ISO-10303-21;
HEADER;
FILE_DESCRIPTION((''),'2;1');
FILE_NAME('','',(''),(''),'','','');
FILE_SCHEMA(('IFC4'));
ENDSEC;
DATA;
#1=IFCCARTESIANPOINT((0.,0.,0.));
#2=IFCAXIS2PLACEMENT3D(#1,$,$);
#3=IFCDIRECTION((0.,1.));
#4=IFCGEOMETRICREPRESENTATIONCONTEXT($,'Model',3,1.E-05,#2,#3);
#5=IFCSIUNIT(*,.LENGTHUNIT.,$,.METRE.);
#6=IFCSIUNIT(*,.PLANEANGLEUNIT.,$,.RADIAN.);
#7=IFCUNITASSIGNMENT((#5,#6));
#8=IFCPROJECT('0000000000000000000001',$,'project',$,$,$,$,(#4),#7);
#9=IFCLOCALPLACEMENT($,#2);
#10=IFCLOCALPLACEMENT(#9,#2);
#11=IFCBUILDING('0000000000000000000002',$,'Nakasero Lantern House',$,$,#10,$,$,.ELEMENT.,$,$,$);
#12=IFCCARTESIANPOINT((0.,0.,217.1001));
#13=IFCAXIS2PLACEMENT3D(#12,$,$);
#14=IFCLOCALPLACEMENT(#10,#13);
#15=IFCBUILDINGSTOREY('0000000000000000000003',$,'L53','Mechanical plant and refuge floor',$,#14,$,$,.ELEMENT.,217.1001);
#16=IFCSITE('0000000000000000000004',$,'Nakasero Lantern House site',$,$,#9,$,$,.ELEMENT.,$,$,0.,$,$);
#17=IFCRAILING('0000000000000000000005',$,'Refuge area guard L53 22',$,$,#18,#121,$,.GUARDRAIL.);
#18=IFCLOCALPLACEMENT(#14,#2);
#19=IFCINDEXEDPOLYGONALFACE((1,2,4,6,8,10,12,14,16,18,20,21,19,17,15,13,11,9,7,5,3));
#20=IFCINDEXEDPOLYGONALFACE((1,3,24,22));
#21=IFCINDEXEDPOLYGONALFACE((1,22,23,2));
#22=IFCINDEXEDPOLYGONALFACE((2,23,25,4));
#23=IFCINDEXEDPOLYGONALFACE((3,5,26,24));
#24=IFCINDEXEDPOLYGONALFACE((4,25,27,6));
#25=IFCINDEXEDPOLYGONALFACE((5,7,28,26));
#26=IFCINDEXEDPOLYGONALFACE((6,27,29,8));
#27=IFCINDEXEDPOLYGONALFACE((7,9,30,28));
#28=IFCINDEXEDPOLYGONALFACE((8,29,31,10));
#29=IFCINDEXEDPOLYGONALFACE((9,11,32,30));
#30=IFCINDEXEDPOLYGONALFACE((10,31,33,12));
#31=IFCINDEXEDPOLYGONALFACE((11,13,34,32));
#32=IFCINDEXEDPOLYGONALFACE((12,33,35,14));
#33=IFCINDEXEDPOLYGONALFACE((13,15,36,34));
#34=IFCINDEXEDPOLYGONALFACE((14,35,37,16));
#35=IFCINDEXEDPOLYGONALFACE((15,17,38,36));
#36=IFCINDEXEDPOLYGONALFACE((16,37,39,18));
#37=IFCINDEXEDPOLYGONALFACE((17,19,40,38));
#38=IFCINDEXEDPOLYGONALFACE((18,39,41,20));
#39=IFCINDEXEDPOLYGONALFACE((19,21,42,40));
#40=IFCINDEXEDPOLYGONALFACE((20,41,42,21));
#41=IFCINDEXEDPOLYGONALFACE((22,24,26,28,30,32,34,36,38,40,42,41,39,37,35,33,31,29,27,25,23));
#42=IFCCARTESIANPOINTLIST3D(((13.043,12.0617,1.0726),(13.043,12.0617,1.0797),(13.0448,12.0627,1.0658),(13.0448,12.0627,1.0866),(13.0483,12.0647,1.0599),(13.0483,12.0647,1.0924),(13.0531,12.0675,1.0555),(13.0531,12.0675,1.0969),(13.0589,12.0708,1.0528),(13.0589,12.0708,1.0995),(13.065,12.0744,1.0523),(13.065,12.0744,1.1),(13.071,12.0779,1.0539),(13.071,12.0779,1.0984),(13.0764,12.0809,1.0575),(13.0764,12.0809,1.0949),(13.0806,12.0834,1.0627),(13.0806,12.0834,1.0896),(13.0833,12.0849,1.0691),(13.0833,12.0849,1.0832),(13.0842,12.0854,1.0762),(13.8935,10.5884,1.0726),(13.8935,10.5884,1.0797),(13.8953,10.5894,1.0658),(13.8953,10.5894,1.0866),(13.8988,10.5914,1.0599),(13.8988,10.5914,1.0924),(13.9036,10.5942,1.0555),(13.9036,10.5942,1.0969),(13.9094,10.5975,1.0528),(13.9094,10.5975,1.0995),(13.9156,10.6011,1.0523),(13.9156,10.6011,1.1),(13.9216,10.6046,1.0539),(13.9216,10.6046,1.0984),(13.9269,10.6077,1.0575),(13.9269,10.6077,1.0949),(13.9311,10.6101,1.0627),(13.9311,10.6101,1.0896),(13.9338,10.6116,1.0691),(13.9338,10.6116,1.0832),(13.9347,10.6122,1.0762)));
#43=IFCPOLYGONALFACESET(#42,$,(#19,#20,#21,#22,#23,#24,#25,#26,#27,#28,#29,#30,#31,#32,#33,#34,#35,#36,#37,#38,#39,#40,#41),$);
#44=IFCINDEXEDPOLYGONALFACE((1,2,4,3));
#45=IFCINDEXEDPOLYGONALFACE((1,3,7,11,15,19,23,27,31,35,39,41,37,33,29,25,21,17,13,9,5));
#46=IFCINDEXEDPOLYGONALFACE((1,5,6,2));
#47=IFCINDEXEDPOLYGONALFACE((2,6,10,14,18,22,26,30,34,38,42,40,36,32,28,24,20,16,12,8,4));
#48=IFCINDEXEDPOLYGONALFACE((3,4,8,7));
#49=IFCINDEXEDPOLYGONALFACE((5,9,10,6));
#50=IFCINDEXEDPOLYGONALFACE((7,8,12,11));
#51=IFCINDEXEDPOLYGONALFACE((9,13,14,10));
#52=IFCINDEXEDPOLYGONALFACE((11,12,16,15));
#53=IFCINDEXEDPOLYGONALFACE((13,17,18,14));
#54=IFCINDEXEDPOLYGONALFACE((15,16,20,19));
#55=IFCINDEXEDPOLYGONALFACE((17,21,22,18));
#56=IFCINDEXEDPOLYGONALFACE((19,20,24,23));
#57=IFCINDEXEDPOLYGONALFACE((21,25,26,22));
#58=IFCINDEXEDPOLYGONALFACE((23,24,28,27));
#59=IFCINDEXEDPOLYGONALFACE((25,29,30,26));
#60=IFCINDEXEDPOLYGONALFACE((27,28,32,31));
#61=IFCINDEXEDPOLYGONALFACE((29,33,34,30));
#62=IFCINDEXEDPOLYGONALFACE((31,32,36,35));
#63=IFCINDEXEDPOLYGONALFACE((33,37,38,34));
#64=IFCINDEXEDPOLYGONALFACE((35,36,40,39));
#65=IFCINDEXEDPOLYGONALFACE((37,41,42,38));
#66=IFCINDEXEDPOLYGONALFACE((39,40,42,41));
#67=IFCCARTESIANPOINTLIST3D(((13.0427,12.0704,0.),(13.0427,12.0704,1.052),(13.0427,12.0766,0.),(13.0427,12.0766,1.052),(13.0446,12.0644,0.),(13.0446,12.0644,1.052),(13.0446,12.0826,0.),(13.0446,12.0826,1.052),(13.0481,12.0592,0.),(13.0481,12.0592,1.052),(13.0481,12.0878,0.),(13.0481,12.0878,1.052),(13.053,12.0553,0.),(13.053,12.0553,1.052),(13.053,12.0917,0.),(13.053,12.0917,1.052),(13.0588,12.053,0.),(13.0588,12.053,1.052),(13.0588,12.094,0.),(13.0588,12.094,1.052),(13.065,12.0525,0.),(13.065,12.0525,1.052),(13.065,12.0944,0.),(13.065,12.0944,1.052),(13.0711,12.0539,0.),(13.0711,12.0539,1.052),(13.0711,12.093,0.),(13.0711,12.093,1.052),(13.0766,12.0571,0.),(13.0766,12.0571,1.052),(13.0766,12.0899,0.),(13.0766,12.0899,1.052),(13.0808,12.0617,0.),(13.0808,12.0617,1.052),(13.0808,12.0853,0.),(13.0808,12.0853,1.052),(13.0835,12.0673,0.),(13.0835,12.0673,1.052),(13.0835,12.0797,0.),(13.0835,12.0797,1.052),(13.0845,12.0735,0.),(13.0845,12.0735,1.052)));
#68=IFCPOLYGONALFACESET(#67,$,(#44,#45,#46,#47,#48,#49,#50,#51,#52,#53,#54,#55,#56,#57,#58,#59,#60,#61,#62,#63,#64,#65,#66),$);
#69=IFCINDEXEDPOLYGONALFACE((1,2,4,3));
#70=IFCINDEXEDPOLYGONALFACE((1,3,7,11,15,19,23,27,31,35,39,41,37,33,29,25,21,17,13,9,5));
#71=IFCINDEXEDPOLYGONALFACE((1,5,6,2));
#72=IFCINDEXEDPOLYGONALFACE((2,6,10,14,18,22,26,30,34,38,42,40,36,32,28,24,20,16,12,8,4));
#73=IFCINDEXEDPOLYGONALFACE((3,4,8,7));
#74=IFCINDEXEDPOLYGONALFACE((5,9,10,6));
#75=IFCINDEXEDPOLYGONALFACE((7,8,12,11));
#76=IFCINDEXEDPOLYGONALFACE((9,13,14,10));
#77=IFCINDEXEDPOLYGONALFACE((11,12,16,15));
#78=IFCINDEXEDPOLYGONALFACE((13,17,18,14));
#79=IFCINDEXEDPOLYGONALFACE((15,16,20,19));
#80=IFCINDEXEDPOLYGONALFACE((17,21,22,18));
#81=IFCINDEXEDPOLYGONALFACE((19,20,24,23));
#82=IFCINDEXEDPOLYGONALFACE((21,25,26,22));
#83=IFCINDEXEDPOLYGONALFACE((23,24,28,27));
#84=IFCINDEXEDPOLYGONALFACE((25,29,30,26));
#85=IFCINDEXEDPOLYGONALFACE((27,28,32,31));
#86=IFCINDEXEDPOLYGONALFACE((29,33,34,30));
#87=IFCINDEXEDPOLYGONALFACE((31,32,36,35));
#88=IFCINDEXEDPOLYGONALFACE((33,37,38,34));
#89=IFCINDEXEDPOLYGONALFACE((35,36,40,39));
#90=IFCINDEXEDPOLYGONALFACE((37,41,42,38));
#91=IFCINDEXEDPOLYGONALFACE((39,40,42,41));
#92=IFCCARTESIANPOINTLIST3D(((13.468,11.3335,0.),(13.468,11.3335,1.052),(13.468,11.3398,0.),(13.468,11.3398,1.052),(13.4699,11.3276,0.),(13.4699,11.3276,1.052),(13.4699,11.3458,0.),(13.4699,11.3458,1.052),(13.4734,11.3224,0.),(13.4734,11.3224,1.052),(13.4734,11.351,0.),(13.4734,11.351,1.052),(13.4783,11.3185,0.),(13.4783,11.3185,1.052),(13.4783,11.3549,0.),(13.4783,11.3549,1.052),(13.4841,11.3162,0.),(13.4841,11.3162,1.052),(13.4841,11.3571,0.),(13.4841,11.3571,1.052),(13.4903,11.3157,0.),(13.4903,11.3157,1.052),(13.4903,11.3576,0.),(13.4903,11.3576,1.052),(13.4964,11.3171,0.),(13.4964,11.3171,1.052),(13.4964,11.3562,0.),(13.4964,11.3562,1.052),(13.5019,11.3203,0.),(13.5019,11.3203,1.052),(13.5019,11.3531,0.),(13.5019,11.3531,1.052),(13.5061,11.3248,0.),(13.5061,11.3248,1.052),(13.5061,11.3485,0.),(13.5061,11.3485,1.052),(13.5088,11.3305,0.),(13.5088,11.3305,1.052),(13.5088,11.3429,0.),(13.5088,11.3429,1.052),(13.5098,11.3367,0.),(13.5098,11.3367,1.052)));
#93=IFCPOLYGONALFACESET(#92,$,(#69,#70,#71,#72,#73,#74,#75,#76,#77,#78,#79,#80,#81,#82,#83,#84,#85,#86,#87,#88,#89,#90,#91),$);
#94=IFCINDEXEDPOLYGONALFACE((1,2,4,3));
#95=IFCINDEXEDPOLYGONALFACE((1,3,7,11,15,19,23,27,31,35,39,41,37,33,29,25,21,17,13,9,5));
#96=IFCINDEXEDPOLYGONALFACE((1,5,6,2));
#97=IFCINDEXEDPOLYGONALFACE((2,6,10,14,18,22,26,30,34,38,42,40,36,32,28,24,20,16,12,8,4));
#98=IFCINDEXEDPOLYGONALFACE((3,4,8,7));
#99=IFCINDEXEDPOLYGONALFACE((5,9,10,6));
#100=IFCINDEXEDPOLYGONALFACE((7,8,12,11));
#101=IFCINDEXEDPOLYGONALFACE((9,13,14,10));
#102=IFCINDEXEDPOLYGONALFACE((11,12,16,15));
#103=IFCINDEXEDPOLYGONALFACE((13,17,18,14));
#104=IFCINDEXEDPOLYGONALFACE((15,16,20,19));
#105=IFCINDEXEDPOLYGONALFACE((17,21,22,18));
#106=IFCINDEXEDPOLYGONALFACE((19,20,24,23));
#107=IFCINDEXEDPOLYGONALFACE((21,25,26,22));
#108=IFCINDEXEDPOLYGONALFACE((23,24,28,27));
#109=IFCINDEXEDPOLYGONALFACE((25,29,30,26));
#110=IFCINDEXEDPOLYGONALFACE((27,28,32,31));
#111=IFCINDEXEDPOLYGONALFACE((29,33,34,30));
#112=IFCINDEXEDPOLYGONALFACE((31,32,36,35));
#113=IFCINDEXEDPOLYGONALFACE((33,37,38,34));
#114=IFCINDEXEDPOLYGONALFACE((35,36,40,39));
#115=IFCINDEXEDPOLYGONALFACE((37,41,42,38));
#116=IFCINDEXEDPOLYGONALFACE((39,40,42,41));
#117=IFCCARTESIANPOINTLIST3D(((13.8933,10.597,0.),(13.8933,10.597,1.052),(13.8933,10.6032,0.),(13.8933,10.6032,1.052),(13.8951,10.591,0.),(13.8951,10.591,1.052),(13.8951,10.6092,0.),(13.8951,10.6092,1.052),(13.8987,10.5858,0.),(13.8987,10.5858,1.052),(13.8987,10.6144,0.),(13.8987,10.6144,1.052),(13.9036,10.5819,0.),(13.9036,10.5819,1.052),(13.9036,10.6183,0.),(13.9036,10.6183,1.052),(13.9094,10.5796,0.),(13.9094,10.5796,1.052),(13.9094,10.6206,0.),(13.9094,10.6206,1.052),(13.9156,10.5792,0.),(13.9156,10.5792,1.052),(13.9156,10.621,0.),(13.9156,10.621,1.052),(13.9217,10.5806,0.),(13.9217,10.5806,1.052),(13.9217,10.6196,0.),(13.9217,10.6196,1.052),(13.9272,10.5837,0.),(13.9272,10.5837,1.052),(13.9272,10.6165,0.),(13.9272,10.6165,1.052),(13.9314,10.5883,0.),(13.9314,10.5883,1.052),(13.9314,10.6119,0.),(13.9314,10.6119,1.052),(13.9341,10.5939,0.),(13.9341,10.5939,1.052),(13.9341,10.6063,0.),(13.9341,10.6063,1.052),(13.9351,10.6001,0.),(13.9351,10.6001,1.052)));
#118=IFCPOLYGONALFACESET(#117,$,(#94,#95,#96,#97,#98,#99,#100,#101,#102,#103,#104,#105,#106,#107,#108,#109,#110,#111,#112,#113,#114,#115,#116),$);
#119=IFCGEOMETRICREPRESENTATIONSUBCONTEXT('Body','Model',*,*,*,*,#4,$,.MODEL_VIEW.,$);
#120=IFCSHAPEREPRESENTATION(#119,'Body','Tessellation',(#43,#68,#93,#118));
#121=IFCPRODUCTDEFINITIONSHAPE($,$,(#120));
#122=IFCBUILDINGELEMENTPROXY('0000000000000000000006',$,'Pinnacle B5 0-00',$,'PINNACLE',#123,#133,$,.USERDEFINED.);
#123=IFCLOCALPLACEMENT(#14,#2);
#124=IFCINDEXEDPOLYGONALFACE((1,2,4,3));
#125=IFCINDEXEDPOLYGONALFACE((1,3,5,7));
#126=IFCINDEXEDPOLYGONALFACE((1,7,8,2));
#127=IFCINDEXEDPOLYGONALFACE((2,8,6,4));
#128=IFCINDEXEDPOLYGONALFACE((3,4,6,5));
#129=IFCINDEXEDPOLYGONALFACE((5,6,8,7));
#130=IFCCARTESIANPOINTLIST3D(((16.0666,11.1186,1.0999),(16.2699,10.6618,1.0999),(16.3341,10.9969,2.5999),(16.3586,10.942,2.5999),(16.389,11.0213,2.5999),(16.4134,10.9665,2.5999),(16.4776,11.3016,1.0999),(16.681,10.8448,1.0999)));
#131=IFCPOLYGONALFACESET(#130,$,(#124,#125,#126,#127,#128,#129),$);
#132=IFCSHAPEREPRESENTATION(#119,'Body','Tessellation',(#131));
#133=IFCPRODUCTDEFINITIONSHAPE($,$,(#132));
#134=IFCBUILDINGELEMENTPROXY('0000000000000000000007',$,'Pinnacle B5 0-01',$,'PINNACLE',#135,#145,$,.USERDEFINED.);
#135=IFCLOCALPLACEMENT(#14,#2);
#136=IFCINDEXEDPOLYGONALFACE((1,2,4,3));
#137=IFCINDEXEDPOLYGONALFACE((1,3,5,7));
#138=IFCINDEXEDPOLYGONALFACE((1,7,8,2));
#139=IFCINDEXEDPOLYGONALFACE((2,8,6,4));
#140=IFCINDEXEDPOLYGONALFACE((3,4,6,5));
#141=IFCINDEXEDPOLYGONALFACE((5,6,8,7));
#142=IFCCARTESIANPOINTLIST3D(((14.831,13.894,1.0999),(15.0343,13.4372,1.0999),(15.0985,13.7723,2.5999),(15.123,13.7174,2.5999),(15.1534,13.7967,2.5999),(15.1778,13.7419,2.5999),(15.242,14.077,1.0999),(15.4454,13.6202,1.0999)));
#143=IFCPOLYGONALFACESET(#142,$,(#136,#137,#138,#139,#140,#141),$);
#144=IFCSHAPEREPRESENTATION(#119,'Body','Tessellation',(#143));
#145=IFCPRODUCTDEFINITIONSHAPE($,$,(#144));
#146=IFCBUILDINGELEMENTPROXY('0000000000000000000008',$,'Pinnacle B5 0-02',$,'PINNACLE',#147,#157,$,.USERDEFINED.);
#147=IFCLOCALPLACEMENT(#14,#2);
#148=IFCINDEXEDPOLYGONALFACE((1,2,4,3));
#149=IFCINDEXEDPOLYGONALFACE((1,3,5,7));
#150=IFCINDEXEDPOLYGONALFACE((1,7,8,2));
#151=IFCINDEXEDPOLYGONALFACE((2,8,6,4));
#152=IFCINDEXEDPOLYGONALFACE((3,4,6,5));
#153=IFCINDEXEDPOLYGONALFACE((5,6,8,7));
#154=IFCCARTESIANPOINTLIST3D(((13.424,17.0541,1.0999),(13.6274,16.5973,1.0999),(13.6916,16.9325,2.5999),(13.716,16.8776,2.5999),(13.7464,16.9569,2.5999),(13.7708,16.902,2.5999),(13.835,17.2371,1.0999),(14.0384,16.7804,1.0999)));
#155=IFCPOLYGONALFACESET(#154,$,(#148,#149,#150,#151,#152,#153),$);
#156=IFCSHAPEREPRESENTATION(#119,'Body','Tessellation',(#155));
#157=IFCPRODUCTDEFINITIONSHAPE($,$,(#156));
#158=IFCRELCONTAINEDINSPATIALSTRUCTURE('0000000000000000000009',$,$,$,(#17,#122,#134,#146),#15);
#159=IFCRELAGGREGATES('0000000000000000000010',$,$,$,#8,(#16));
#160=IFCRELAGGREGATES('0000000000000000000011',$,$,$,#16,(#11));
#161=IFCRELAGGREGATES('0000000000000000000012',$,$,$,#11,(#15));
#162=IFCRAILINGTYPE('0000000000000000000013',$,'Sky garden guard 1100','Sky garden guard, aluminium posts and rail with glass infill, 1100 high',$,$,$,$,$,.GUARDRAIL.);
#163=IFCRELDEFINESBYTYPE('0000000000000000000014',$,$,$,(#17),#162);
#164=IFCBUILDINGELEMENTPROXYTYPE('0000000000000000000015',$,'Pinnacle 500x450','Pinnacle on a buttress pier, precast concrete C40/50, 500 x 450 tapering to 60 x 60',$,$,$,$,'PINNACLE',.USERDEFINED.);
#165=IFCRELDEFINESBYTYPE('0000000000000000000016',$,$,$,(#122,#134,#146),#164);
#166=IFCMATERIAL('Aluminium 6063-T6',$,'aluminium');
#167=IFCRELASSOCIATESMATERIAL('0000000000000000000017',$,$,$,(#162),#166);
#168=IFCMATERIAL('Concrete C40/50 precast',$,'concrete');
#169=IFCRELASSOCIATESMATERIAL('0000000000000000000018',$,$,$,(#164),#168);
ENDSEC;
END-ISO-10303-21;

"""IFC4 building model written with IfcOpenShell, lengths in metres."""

from ifc_helpers import new_model, entity, si_unit, direction, frame, origin, origin_2d, place, context, subcontext, project, spatial, circle, extrude, material, type_object, element, save


model = new_model("IFC4")

# Units and contexts
model_context = context("Model", 3, precision=1e-05, world=origin(), true_north=direction((0.0, 1.0)))
body_context = subcontext(model_context, "Body", "Model", "MODEL_VIEW")
ifc_project = project(units=[si_unit("LENGTHUNIT", "METRE"), si_unit("PLANEANGLEUNIT", "RADIAN")], contexts=[model_context])

# Site, building, storey
site_placement = place(None, origin())
site = spatial("IfcSite", under=ifc_project, at=site_placement, Name="Nakasero Lantern House site", CompositionType="ELEMENT", RefElevation=0.0)
building_placement = place(site_placement, origin())
building = spatial("IfcBuilding", under=site, at=building_placement, Name="Nakasero Lantern House", CompositionType="ELEMENT")
storey_placement = place(building_placement, frame((0.0, 0.0, 217.1001)))
storey = spatial("IfcBuildingStorey", under=building, at=storey_placement, Name="L53", Description="Mechanical plant and refuge floor", CompositionType="ELEMENT", Elevation=217.1001)

# Railing
ifc_material_1 = material(Name="Aluminium 6063-T6", Category="aluminium")
railing_type = type_object("IfcRailingType", Name="Sky garden guard 1100", Description="Sky garden guard, aluminium posts and rail with glass infill, 1100 high", PredefinedType="GUARDRAIL", material=ifc_material_1)
railing_1_placement = place(storey_placement, frame((13.0635, 12.0735, 0.0)))
element("IfcRailing", 1, at=railing_1_placement, inside=storey, type_object=railing_type, Name="Refuge area guard L53 22", PredefinedType="GUARDRAIL", context=body_context, shape_type="SweptSolid", body=[
    extrude(circle(Radius=0.0239, at=origin_2d()), frame((0.0, 0.0, 1.0762), z_axis=(0.499967, -0.866045, 0.0), x_axis=(0.866045, 0.499967, 0.0)), (0.0, 0.0, 1.0), 1.7012),
    extrude(circle(Radius=0.021, at=origin_2d()), origin(), (0.0, 0.0, 1.0), 1.052),
    extrude(circle(Radius=0.021, at=origin_2d()), frame((0.4253, -0.7368, 0.0)), (0.0, 0.0, 1.0), 1.052),
    extrude(circle(Radius=0.021, at=origin_2d()), frame((0.8506, -1.4734, 0.0)), (0.0, 0.0, 1.0), 1.052),
])

# Building element proxies
ifc_material_2 = material(Name="Concrete C40/50 precast", Category="concrete")
building_element_proxy_type = type_object("IfcBuildingElementProxyType", Name="Pinnacle 500x450", Description="Pinnacle on a buttress pier, precast concrete C40/50, 500 x 450 tapering to 60 x 60", ElementType="PINNACLE", PredefinedType="USERDEFINED", material=ifc_material_2)
for number, where, z_axis, x_axis, name in (
    (2, (16.3738, 10.9817, 1.0999), (0.0, 0.0, 1.0), (0.913545, 0.406737, 0.0), "Pinnacle B5 0-00"),
    (3, (15.1382, 13.7571, 1.0999), (0.0, 0.0, 1.0), (0.913545, 0.406737, 0.0), "Pinnacle B5 0-01"),
    (4, (13.7312, 16.9172, 1.0999), (0.0, 0.0, 1.0), (0.913545, 0.406737, 0.0), "Pinnacle B5 0-02"),
):
    element("IfcBuildingElementProxy", number, at=place(storey_placement, frame(where, z_axis=z_axis, x_axis=x_axis)), inside=storey, type_object=building_element_proxy_type, Name=name, ObjectType="PINNACLE", PredefinedType="USERDEFINED", context=body_context, shape_type="SweptSolid", body=[
        entity("IfcExtrudedAreaSolidTapered", entity("IfcRectangleProfileDef", "AREA", None, entity("IfcAxis2Placement2D", entity("IfcCartesianPoint", [0.0, 0.0])), 0.45, 0.5), entity("IfcAxis2Placement3D", entity("IfcCartesianPoint", [0.0, 0.0, 0.0])), entity("IfcDirection", [0.0, 0.0, 1.0]), 1.5, entity("IfcRectangleProfileDef", "AREA", None, entity("IfcAxis2Placement2D", entity("IfcCartesianPoint", [0.0, 0.0])), 0.0601, 0.0601)),
    ])

save(model, "model.ifc")
